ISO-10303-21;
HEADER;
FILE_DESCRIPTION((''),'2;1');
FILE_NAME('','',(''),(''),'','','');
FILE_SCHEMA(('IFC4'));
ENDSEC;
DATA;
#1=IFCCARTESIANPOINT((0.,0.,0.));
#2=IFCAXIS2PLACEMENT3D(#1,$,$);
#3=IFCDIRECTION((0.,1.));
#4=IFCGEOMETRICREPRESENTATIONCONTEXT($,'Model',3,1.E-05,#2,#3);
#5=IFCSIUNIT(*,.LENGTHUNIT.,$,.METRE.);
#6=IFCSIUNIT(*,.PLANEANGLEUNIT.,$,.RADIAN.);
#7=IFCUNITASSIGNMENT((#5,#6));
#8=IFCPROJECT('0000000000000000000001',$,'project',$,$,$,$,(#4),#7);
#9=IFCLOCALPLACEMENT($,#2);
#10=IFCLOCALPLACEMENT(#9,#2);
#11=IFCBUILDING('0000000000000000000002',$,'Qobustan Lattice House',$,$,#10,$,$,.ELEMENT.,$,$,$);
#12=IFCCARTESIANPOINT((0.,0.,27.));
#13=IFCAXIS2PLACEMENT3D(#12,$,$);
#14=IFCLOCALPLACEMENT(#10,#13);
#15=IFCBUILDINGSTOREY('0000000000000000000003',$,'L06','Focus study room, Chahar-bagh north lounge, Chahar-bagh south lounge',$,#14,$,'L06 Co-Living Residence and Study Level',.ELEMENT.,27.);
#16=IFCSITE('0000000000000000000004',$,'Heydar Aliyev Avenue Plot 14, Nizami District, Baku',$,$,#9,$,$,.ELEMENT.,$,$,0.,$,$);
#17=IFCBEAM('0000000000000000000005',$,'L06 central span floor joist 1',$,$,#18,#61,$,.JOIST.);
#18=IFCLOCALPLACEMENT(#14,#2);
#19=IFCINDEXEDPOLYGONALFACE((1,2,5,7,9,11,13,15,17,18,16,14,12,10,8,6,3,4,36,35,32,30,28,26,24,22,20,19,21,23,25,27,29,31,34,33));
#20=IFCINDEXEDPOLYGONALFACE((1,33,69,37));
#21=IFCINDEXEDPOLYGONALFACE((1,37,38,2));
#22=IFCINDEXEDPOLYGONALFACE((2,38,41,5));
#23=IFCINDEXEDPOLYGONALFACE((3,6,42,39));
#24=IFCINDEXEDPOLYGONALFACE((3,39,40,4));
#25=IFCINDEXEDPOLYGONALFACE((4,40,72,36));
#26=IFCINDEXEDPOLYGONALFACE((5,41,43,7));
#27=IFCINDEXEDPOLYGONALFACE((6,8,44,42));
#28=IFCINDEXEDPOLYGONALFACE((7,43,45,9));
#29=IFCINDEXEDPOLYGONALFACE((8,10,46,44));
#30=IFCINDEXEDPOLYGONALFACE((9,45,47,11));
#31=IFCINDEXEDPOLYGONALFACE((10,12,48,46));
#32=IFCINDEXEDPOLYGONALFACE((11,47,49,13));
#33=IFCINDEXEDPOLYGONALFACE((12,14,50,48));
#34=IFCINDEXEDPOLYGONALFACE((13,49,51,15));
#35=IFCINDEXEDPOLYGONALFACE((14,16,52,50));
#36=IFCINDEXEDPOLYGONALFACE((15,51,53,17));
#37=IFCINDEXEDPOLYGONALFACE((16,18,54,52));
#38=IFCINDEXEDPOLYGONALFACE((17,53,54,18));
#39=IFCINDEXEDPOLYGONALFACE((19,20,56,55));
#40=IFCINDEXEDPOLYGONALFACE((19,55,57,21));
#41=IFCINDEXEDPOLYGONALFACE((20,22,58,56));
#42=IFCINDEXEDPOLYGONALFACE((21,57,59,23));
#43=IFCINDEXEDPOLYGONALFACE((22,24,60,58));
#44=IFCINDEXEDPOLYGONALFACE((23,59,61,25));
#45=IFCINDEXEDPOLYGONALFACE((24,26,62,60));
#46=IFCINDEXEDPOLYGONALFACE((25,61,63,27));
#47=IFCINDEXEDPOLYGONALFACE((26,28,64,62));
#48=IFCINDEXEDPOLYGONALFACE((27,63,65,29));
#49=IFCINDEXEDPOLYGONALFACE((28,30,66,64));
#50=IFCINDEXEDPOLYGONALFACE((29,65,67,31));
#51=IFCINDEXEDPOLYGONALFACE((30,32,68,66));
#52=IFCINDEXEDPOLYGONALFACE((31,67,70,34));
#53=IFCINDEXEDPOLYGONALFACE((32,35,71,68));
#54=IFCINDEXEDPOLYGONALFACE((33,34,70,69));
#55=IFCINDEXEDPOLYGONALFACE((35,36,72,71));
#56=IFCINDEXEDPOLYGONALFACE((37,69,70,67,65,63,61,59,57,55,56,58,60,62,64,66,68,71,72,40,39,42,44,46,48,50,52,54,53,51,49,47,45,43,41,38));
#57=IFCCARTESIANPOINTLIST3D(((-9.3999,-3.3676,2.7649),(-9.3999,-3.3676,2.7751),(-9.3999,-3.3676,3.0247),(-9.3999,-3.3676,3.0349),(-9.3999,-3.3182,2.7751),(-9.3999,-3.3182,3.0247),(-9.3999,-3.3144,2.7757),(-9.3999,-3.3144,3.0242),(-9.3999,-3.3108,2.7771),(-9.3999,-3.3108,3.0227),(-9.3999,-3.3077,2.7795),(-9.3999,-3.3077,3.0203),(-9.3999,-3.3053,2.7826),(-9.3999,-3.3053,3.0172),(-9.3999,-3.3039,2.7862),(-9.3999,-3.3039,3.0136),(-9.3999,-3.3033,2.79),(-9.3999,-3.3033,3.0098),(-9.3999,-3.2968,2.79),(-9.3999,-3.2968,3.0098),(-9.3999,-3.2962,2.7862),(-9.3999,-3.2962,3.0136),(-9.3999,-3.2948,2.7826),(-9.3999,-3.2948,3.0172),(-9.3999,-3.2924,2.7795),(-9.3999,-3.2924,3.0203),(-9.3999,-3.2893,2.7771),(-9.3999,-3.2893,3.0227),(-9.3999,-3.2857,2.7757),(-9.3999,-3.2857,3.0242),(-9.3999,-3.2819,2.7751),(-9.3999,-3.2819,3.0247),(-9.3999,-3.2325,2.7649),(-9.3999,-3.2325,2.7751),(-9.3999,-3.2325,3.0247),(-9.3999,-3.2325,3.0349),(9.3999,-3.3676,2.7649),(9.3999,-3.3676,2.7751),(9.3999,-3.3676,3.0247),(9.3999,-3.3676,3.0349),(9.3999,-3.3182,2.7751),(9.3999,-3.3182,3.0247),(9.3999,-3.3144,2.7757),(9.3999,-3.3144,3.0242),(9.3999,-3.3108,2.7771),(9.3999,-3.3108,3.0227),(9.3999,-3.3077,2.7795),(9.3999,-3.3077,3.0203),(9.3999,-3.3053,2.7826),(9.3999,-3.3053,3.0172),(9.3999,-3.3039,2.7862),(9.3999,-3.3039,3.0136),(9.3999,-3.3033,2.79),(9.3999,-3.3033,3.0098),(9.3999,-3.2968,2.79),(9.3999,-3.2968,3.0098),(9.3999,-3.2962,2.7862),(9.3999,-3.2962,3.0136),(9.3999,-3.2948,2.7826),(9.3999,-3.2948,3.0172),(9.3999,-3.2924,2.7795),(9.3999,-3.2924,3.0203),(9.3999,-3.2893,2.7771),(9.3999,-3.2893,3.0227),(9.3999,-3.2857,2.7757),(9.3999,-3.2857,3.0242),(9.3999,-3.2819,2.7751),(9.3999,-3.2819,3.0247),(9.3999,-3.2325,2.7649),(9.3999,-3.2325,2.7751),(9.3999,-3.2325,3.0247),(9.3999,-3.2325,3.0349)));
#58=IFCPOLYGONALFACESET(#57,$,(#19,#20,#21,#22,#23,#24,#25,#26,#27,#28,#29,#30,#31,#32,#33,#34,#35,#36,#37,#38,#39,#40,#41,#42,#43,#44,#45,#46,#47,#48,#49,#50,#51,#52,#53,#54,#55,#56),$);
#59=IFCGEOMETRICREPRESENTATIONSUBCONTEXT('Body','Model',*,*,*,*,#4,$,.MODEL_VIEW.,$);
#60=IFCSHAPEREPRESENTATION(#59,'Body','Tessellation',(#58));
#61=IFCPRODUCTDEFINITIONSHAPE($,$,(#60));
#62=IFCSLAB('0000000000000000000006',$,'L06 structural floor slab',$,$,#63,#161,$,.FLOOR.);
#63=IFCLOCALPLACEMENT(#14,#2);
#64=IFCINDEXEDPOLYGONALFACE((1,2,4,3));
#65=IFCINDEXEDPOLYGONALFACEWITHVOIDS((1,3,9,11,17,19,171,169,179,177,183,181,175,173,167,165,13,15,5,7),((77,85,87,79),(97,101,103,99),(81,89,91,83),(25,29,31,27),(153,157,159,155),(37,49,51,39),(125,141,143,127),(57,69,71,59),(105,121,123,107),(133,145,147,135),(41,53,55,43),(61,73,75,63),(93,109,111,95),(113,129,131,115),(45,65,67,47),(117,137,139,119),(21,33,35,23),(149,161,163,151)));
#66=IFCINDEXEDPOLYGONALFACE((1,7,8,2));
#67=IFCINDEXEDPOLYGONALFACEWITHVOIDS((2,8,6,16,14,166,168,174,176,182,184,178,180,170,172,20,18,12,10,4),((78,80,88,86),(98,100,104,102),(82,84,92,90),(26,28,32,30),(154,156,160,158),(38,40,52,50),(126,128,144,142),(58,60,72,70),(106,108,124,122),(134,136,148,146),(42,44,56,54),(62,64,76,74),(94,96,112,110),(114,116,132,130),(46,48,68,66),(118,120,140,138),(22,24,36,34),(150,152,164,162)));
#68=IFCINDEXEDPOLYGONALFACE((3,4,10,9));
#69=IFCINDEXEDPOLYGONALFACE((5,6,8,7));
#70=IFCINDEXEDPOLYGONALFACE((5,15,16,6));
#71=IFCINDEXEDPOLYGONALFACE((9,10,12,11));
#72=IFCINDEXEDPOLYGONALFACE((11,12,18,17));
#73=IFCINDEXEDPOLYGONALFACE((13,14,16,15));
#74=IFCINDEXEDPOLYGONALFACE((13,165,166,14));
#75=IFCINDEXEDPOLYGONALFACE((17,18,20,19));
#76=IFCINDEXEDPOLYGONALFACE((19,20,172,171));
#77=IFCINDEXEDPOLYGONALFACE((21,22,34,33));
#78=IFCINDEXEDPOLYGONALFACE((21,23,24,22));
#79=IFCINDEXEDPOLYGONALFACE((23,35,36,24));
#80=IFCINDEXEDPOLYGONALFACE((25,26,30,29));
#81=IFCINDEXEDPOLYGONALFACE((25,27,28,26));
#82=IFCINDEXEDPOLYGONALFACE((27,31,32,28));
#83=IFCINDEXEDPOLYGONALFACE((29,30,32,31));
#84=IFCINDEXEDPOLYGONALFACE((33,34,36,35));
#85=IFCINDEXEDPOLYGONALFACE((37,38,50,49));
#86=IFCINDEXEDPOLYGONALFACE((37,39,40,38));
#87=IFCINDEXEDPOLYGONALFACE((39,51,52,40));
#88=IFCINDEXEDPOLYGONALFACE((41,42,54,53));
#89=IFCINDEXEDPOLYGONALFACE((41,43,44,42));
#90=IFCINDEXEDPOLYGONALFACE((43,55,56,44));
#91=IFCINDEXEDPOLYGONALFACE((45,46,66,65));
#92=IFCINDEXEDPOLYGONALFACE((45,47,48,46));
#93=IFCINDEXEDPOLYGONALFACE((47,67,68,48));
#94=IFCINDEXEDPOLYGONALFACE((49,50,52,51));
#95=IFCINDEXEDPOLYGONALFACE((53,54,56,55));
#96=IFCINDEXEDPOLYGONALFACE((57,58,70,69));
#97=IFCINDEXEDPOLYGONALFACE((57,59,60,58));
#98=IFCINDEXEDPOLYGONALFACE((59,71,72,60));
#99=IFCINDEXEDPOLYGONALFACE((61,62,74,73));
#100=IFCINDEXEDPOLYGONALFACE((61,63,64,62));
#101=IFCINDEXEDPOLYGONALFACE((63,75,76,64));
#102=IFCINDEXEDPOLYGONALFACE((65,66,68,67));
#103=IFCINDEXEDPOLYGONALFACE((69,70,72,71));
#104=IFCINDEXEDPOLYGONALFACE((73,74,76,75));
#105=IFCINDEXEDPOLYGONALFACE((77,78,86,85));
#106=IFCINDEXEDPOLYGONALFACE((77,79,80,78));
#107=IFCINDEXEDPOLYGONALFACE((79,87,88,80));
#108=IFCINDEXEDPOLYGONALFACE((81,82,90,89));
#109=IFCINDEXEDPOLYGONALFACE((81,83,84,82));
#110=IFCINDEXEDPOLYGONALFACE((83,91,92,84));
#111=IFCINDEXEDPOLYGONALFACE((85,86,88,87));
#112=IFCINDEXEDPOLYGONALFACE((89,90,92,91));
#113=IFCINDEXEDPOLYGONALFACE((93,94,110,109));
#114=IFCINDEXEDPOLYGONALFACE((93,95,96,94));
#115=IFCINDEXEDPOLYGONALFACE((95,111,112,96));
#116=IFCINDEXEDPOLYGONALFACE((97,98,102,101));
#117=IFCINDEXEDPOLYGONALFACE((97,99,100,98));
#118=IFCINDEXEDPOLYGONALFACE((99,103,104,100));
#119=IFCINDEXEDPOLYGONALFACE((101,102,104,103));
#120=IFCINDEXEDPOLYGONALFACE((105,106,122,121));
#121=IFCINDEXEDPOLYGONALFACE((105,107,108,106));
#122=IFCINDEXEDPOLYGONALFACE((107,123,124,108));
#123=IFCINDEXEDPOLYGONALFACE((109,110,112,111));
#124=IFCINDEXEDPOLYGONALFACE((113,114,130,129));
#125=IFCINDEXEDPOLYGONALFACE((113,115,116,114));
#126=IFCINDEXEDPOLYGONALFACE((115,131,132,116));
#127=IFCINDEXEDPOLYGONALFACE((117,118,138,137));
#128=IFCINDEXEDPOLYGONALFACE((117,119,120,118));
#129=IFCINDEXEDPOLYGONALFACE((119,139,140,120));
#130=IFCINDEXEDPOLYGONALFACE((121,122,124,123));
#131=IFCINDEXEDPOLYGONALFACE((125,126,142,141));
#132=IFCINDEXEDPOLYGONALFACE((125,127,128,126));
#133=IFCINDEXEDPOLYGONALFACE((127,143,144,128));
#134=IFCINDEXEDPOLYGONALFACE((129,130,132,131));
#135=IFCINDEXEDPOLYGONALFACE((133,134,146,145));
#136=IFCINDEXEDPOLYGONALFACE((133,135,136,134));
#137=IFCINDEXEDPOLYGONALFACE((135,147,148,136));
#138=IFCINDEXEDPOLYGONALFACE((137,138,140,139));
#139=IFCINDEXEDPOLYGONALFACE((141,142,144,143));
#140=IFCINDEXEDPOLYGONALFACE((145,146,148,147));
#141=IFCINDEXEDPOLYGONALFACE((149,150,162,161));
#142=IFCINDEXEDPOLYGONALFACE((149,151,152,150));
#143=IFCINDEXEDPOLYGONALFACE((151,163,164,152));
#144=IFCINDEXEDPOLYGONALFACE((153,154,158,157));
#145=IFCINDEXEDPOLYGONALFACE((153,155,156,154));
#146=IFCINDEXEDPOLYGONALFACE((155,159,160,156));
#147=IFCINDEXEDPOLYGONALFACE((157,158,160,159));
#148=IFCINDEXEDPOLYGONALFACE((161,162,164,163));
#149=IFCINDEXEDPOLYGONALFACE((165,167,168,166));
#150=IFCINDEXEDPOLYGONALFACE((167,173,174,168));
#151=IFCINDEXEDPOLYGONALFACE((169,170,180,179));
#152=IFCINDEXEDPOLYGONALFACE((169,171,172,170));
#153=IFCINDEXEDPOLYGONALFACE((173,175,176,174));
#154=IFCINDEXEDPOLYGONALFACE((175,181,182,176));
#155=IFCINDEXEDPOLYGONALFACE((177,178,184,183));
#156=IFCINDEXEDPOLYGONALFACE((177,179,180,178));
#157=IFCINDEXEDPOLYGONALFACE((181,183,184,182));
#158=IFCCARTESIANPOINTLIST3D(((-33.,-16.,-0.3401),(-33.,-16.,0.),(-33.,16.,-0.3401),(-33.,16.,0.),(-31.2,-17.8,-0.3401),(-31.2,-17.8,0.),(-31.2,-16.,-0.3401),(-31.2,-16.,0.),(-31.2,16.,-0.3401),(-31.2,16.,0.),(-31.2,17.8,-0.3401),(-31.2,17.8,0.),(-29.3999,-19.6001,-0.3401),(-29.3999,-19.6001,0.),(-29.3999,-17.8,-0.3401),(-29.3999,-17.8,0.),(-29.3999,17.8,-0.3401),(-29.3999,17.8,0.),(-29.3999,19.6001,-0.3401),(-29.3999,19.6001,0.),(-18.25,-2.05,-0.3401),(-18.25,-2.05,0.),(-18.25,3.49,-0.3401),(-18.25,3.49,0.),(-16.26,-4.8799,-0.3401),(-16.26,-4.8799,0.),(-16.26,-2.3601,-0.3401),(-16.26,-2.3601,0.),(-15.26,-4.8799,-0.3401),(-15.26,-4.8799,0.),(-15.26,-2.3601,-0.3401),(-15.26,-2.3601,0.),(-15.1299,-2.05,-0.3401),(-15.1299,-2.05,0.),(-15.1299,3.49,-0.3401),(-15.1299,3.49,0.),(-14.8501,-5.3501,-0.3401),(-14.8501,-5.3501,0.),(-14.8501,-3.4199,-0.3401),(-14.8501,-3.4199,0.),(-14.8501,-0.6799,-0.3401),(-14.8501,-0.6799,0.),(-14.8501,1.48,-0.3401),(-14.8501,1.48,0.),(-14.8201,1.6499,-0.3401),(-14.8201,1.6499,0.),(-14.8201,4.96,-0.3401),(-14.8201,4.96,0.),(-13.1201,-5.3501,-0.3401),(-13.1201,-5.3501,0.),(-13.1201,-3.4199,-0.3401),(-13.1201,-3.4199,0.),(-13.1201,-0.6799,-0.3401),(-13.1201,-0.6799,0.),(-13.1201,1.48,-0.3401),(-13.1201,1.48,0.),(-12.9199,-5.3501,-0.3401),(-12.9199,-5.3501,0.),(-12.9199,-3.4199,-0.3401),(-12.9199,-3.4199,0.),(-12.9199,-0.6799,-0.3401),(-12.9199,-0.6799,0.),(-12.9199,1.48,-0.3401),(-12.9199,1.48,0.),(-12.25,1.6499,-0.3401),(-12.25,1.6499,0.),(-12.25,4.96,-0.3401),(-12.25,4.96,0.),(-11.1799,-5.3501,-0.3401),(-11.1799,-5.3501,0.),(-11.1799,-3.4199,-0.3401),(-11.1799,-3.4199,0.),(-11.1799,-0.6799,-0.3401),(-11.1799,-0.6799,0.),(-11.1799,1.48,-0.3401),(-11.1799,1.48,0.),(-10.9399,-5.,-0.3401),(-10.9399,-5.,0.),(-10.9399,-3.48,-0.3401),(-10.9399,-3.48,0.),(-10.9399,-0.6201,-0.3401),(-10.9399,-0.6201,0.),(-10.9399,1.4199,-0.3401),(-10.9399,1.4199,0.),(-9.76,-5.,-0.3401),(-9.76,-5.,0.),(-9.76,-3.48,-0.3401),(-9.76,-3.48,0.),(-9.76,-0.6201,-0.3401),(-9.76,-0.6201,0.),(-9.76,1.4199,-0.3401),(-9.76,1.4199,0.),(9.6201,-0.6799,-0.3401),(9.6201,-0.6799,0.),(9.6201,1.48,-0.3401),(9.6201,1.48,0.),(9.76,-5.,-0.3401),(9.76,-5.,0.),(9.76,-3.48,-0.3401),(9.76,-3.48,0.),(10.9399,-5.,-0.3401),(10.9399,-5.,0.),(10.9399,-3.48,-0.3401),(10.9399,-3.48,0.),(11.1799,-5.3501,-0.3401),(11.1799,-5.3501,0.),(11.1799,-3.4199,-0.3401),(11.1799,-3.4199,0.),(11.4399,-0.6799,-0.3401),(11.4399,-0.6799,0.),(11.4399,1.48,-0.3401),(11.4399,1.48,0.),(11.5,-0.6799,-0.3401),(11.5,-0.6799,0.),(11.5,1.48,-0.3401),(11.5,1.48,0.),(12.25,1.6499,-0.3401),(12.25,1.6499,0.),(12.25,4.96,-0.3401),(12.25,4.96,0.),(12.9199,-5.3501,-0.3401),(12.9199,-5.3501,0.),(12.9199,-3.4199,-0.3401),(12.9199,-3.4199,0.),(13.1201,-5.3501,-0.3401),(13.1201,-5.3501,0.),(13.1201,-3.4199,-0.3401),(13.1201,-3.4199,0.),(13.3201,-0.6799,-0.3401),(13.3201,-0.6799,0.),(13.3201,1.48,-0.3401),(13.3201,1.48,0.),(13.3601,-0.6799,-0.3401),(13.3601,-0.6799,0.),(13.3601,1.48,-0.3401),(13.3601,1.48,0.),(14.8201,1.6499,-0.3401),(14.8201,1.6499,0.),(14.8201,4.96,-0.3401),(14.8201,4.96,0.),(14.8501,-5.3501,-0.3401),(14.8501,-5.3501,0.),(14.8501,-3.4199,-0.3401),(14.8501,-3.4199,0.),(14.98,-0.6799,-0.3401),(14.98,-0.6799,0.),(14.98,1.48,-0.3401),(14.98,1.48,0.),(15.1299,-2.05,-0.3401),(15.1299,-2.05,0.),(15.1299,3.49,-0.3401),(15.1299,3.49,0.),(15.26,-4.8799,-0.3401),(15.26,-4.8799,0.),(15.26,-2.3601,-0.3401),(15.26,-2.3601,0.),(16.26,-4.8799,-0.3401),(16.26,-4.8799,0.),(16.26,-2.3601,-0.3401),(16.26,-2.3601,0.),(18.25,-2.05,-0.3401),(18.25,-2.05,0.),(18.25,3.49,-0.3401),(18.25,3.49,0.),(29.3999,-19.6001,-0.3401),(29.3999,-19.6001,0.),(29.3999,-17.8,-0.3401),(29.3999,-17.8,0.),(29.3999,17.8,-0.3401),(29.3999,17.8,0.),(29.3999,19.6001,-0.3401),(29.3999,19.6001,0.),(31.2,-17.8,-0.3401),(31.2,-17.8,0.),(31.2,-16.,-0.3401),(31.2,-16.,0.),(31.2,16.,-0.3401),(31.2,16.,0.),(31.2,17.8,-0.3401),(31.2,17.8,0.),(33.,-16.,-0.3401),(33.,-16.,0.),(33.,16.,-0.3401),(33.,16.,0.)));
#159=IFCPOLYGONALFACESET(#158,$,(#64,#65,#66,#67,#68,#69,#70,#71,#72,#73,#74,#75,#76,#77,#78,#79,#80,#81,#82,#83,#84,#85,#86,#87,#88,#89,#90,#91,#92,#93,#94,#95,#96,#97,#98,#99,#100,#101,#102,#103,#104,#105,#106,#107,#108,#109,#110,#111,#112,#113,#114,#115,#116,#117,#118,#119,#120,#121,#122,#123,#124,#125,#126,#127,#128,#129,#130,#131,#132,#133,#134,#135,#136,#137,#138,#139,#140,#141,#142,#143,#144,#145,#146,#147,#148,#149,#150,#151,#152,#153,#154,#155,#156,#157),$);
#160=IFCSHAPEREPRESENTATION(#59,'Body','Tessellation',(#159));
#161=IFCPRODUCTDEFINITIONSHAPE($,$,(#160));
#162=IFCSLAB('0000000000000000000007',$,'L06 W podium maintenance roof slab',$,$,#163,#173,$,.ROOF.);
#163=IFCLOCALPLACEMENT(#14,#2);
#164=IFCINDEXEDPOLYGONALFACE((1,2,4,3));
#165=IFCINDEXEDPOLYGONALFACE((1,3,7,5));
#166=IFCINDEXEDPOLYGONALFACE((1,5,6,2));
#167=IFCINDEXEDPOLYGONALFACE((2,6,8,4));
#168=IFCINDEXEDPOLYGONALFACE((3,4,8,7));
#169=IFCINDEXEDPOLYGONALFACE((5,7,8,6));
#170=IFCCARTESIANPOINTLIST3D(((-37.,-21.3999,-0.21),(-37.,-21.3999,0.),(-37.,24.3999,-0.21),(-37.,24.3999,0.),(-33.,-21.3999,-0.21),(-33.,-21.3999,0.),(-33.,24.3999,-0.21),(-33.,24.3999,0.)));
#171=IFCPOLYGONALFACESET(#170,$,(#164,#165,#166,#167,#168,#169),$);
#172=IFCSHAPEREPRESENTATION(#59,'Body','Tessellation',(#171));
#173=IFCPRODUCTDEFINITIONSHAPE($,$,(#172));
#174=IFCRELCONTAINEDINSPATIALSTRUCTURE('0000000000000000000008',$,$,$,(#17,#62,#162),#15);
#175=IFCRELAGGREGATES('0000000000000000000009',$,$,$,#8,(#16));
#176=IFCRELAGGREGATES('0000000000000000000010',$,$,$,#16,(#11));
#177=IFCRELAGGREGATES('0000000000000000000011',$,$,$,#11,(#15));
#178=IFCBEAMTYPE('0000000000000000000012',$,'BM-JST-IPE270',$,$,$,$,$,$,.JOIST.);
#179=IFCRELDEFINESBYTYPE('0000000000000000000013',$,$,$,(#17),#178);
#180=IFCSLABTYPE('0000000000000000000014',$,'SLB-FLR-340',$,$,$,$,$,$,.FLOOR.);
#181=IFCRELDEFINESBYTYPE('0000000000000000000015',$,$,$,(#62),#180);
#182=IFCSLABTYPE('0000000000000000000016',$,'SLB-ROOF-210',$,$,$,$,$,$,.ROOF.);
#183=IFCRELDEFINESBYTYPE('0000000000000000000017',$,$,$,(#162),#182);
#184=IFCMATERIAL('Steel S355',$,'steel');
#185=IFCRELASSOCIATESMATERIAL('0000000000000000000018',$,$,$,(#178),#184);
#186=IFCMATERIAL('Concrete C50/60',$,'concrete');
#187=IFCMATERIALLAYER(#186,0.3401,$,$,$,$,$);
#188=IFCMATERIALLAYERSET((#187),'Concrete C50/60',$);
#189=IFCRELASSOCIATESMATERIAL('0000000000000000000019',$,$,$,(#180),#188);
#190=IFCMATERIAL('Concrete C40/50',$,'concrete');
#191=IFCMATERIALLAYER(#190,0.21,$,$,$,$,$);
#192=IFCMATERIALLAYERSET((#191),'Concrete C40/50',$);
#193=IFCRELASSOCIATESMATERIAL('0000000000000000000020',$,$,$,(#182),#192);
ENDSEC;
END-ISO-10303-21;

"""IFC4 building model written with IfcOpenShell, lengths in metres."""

from ifc_helpers import new_model, si_unit, direction, frame, origin, origin_2d, place, context, subcontext, project, spatial, polyline, i_section, outline, extrude, material, layer, layer_set, material_profile, profile_set, type_object, element, save


model = new_model("IFC4")

# Units and contexts
model_context = context("Model", 3, precision=1e-05, world=origin(), true_north=direction((0.0, 1.0)))
body_context = subcontext(model_context, "Body", "Model", "MODEL_VIEW")
ifc_project = project(units=[si_unit("LENGTHUNIT", "METRE"), si_unit("PLANEANGLEUNIT", "RADIAN")], contexts=[model_context])

# Site, building, storey
site_placement = place(None, origin())
site = spatial("IfcSite", under=ifc_project, at=site_placement, Name="Heydar Aliyev Avenue Plot 14, Nizami District, Baku", CompositionType="ELEMENT", RefElevation=0.0)
building_placement = place(site_placement, origin())
building = spatial("IfcBuilding", under=site, at=building_placement, Name="Qobustan Lattice House", CompositionType="ELEMENT")
storey_placement = place(building_placement, frame((0.0, 0.0, 27.0)))
storey = spatial("IfcBuildingStorey", under=building, at=storey_placement, Name="L06", Description="Focus study room, Chahar-bagh north lounge, Chahar-bagh south lounge", LongName="L06 Co-Living Residence and Study Level", CompositionType="ELEMENT", Elevation=27.0)

# Beam
ifc_material_1 = material(Name="Steel S355", Category="steel")
ifc_material_profile = material_profile(ifc_material_1, i_section(OverallWidth=0.135, OverallDepth=0.27, WebThickness=0.0066, FlangeThickness=0.0103, FilletRadius=0.0149, at=origin_2d()), Name="IPE270")
ifc_profile_set = profile_set([ifc_material_profile], Name="Steel S355")
beam_type = type_object("IfcBeamType", Name="BM-JST-IPE270", PredefinedType="JOIST", material=ifc_profile_set)
beam_placement = place(storey_placement, frame((-9.3999, -3.3, 2.8999), z_axis=(1.0, 0.0, 0.0), x_axis=(0.0, 1.0, 0.0)))
element("IfcBeam", 1, at=beam_placement, inside=storey, type_object=beam_type, Name="L06 central span floor joist 1", PredefinedType="JOIST", context=body_context, shape_type="SweptSolid", body=[
    extrude(i_section(OverallWidth=0.135, OverallDepth=0.27, WebThickness=0.0066, FlangeThickness=0.0103, FilletRadius=0.0149, at=origin_2d()), origin(), (0.0, 0.0, 1.0), 18.7998),
])

# Slabs
ifc_material_2 = material(Name="Concrete C50/60", Category="concrete")
ifc_layer_1 = layer(ifc_material_2, 0.3401)
ifc_layer_set_1 = layer_set([ifc_layer_1], Name="Concrete C50/60")
slab_type_1 = type_object("IfcSlabType", Name="SLB-FLR-340", PredefinedType="FLOOR", material=ifc_layer_set_1)
slab_1_placement = place(storey_placement, frame((0.0, 0.0, -0.3401)))
element("IfcSlab", 2, at=slab_1_placement, inside=storey, type_object=slab_type_1, Name="L06 structural floor slab", PredefinedType="FLOOR", context=body_context, shape_type="SweptSolid", body=[
    extrude(outline(polyline([(-29.3999, -19.6001), (29.3999, -19.6001), (29.3999, -17.8), (31.2, -17.8), (31.2, -16.0), (33.0, -16.0), (33.0, 16.0), (31.2, 16.0), (31.2, 17.8), (29.3999, 17.8), (29.3999, 19.6001), (-29.3999, 19.6001), (-29.3999, 17.8), (-31.2, 17.8), (-31.2, 16.0), (-33.0, 16.0), (-33.0, -16.0), (-31.2, -16.0), (-31.2, -17.8), (-29.3999, -17.8), (-29.3999, -19.6001)]), holes=[polyline([(-18.25, -2.05), (-18.25, 3.49), (-15.1299, 3.49), (-15.1299, -2.05), (-18.25, -2.05)]), polyline([(15.1299, -2.05), (15.1299, 3.49), (18.25, 3.49), (18.25, -2.05), (15.1299, -2.05)]), polyline([(-14.8201, 1.6499), (-14.8201, 4.96), (-12.25, 4.96), (-12.25, 1.6499), (-14.8201, 1.6499)]), polyline([(12.25, 1.6499), (12.25, 4.96), (14.8201, 4.96), (14.8201, 1.6499), (12.25, 1.6499)]), polyline([(-16.26, -4.8799), (-16.26, -2.3601), (-15.26, -2.3601), (-15.26, -4.8799), (-16.26, -4.8799)]), polyline([(15.26, -4.8799), (15.26, -2.3601), (16.26, -2.3601), (16.26, -4.8799), (15.26, -4.8799)]), polyline([(-14.8501, -5.3501), (-14.8501, -3.4199), (-13.1201, -3.4199), (-13.1201, -5.3501), (-14.8501, -5.3501)]), polyline([(-12.9199, -5.3501), (-12.9199, -3.4199), (-11.1799, -3.4199), (-11.1799, -5.3501), (-12.9199, -5.3501)]), polyline([(-14.8501, -0.6799), (-14.8501, 1.48), (-13.1201, 1.48), (-13.1201, -0.6799), (-14.8501, -0.6799)]), polyline([(-12.9199, -0.6799), (-12.9199, 1.48), (-11.1799, 1.48), (-11.1799, -0.6799), (-12.9199, -0.6799)]), polyline([(-10.9399, -5.0), (-10.9399, -3.48), (-9.76, -3.48), (-9.76, -5.0), (-10.9399, -5.0)]), polyline([(-10.9399, -0.6201), (-10.9399, 1.4199), (-9.76, 1.4199), (-9.76, -0.6201), (-10.9399, -0.6201)]), polyline([(11.1799, -5.3501), (11.1799, -3.4199), (12.9199, -3.4199), (12.9199, -5.3501), (11.1799, -5.3501)]), polyline([(13.1201, -5.3501), (13.1201, -3.4199), (14.8501, -3.4199), (14.8501, -5.3501), (13.1201, -5.3501)]), polyline([(9.76, -5.0), (9.76, -3.48), (10.9399, -3.48), (10.9399, -5.0), (9.76, -5.0)]), polyline([(13.3601, -0.6799), (13.3601, 1.48), (14.98, 1.48), (14.98, -0.6799), (13.3601, -0.6799)]), polyline([(9.6201, -0.6799), (9.6201, 1.48), (11.4399, 1.48), (11.4399, -0.6799), (9.6201, -0.6799)]), polyline([(11.5, -0.6799), (11.5, 1.48), (13.3201, 1.48), (13.3201, -0.6799), (11.5, -0.6799)])]), origin(), (0.0, 0.0, 1.0), 0.3401),
])
ifc_material_3 = material(Name="Concrete C40/50", Category="concrete")
ifc_layer_2 = layer(ifc_material_3, 0.21)
ifc_layer_set_2 = layer_set([ifc_layer_2], Name="Concrete C40/50")
slab_type_2 = type_object("IfcSlabType", Name="SLB-ROOF-210", PredefinedType="ROOF", material=ifc_layer_set_2)
slab_2_placement = place(storey_placement, frame((0.0, 0.0, -0.21)))
element("IfcSlab", 3, at=slab_2_placement, inside=storey, type_object=slab_type_2, Name="L06 W podium maintenance roof slab", PredefinedType="ROOF", context=body_context, shape_type="SweptSolid", body=[
    extrude(outline(polyline([(-37.0, -21.3999), (-33.0, -21.3999), (-33.0, 24.3999), (-37.0, 24.3999), (-37.0, -21.3999)])), origin(), (0.0, 0.0, 1.0), 0.21),
])

save(model, "model.ifc")
